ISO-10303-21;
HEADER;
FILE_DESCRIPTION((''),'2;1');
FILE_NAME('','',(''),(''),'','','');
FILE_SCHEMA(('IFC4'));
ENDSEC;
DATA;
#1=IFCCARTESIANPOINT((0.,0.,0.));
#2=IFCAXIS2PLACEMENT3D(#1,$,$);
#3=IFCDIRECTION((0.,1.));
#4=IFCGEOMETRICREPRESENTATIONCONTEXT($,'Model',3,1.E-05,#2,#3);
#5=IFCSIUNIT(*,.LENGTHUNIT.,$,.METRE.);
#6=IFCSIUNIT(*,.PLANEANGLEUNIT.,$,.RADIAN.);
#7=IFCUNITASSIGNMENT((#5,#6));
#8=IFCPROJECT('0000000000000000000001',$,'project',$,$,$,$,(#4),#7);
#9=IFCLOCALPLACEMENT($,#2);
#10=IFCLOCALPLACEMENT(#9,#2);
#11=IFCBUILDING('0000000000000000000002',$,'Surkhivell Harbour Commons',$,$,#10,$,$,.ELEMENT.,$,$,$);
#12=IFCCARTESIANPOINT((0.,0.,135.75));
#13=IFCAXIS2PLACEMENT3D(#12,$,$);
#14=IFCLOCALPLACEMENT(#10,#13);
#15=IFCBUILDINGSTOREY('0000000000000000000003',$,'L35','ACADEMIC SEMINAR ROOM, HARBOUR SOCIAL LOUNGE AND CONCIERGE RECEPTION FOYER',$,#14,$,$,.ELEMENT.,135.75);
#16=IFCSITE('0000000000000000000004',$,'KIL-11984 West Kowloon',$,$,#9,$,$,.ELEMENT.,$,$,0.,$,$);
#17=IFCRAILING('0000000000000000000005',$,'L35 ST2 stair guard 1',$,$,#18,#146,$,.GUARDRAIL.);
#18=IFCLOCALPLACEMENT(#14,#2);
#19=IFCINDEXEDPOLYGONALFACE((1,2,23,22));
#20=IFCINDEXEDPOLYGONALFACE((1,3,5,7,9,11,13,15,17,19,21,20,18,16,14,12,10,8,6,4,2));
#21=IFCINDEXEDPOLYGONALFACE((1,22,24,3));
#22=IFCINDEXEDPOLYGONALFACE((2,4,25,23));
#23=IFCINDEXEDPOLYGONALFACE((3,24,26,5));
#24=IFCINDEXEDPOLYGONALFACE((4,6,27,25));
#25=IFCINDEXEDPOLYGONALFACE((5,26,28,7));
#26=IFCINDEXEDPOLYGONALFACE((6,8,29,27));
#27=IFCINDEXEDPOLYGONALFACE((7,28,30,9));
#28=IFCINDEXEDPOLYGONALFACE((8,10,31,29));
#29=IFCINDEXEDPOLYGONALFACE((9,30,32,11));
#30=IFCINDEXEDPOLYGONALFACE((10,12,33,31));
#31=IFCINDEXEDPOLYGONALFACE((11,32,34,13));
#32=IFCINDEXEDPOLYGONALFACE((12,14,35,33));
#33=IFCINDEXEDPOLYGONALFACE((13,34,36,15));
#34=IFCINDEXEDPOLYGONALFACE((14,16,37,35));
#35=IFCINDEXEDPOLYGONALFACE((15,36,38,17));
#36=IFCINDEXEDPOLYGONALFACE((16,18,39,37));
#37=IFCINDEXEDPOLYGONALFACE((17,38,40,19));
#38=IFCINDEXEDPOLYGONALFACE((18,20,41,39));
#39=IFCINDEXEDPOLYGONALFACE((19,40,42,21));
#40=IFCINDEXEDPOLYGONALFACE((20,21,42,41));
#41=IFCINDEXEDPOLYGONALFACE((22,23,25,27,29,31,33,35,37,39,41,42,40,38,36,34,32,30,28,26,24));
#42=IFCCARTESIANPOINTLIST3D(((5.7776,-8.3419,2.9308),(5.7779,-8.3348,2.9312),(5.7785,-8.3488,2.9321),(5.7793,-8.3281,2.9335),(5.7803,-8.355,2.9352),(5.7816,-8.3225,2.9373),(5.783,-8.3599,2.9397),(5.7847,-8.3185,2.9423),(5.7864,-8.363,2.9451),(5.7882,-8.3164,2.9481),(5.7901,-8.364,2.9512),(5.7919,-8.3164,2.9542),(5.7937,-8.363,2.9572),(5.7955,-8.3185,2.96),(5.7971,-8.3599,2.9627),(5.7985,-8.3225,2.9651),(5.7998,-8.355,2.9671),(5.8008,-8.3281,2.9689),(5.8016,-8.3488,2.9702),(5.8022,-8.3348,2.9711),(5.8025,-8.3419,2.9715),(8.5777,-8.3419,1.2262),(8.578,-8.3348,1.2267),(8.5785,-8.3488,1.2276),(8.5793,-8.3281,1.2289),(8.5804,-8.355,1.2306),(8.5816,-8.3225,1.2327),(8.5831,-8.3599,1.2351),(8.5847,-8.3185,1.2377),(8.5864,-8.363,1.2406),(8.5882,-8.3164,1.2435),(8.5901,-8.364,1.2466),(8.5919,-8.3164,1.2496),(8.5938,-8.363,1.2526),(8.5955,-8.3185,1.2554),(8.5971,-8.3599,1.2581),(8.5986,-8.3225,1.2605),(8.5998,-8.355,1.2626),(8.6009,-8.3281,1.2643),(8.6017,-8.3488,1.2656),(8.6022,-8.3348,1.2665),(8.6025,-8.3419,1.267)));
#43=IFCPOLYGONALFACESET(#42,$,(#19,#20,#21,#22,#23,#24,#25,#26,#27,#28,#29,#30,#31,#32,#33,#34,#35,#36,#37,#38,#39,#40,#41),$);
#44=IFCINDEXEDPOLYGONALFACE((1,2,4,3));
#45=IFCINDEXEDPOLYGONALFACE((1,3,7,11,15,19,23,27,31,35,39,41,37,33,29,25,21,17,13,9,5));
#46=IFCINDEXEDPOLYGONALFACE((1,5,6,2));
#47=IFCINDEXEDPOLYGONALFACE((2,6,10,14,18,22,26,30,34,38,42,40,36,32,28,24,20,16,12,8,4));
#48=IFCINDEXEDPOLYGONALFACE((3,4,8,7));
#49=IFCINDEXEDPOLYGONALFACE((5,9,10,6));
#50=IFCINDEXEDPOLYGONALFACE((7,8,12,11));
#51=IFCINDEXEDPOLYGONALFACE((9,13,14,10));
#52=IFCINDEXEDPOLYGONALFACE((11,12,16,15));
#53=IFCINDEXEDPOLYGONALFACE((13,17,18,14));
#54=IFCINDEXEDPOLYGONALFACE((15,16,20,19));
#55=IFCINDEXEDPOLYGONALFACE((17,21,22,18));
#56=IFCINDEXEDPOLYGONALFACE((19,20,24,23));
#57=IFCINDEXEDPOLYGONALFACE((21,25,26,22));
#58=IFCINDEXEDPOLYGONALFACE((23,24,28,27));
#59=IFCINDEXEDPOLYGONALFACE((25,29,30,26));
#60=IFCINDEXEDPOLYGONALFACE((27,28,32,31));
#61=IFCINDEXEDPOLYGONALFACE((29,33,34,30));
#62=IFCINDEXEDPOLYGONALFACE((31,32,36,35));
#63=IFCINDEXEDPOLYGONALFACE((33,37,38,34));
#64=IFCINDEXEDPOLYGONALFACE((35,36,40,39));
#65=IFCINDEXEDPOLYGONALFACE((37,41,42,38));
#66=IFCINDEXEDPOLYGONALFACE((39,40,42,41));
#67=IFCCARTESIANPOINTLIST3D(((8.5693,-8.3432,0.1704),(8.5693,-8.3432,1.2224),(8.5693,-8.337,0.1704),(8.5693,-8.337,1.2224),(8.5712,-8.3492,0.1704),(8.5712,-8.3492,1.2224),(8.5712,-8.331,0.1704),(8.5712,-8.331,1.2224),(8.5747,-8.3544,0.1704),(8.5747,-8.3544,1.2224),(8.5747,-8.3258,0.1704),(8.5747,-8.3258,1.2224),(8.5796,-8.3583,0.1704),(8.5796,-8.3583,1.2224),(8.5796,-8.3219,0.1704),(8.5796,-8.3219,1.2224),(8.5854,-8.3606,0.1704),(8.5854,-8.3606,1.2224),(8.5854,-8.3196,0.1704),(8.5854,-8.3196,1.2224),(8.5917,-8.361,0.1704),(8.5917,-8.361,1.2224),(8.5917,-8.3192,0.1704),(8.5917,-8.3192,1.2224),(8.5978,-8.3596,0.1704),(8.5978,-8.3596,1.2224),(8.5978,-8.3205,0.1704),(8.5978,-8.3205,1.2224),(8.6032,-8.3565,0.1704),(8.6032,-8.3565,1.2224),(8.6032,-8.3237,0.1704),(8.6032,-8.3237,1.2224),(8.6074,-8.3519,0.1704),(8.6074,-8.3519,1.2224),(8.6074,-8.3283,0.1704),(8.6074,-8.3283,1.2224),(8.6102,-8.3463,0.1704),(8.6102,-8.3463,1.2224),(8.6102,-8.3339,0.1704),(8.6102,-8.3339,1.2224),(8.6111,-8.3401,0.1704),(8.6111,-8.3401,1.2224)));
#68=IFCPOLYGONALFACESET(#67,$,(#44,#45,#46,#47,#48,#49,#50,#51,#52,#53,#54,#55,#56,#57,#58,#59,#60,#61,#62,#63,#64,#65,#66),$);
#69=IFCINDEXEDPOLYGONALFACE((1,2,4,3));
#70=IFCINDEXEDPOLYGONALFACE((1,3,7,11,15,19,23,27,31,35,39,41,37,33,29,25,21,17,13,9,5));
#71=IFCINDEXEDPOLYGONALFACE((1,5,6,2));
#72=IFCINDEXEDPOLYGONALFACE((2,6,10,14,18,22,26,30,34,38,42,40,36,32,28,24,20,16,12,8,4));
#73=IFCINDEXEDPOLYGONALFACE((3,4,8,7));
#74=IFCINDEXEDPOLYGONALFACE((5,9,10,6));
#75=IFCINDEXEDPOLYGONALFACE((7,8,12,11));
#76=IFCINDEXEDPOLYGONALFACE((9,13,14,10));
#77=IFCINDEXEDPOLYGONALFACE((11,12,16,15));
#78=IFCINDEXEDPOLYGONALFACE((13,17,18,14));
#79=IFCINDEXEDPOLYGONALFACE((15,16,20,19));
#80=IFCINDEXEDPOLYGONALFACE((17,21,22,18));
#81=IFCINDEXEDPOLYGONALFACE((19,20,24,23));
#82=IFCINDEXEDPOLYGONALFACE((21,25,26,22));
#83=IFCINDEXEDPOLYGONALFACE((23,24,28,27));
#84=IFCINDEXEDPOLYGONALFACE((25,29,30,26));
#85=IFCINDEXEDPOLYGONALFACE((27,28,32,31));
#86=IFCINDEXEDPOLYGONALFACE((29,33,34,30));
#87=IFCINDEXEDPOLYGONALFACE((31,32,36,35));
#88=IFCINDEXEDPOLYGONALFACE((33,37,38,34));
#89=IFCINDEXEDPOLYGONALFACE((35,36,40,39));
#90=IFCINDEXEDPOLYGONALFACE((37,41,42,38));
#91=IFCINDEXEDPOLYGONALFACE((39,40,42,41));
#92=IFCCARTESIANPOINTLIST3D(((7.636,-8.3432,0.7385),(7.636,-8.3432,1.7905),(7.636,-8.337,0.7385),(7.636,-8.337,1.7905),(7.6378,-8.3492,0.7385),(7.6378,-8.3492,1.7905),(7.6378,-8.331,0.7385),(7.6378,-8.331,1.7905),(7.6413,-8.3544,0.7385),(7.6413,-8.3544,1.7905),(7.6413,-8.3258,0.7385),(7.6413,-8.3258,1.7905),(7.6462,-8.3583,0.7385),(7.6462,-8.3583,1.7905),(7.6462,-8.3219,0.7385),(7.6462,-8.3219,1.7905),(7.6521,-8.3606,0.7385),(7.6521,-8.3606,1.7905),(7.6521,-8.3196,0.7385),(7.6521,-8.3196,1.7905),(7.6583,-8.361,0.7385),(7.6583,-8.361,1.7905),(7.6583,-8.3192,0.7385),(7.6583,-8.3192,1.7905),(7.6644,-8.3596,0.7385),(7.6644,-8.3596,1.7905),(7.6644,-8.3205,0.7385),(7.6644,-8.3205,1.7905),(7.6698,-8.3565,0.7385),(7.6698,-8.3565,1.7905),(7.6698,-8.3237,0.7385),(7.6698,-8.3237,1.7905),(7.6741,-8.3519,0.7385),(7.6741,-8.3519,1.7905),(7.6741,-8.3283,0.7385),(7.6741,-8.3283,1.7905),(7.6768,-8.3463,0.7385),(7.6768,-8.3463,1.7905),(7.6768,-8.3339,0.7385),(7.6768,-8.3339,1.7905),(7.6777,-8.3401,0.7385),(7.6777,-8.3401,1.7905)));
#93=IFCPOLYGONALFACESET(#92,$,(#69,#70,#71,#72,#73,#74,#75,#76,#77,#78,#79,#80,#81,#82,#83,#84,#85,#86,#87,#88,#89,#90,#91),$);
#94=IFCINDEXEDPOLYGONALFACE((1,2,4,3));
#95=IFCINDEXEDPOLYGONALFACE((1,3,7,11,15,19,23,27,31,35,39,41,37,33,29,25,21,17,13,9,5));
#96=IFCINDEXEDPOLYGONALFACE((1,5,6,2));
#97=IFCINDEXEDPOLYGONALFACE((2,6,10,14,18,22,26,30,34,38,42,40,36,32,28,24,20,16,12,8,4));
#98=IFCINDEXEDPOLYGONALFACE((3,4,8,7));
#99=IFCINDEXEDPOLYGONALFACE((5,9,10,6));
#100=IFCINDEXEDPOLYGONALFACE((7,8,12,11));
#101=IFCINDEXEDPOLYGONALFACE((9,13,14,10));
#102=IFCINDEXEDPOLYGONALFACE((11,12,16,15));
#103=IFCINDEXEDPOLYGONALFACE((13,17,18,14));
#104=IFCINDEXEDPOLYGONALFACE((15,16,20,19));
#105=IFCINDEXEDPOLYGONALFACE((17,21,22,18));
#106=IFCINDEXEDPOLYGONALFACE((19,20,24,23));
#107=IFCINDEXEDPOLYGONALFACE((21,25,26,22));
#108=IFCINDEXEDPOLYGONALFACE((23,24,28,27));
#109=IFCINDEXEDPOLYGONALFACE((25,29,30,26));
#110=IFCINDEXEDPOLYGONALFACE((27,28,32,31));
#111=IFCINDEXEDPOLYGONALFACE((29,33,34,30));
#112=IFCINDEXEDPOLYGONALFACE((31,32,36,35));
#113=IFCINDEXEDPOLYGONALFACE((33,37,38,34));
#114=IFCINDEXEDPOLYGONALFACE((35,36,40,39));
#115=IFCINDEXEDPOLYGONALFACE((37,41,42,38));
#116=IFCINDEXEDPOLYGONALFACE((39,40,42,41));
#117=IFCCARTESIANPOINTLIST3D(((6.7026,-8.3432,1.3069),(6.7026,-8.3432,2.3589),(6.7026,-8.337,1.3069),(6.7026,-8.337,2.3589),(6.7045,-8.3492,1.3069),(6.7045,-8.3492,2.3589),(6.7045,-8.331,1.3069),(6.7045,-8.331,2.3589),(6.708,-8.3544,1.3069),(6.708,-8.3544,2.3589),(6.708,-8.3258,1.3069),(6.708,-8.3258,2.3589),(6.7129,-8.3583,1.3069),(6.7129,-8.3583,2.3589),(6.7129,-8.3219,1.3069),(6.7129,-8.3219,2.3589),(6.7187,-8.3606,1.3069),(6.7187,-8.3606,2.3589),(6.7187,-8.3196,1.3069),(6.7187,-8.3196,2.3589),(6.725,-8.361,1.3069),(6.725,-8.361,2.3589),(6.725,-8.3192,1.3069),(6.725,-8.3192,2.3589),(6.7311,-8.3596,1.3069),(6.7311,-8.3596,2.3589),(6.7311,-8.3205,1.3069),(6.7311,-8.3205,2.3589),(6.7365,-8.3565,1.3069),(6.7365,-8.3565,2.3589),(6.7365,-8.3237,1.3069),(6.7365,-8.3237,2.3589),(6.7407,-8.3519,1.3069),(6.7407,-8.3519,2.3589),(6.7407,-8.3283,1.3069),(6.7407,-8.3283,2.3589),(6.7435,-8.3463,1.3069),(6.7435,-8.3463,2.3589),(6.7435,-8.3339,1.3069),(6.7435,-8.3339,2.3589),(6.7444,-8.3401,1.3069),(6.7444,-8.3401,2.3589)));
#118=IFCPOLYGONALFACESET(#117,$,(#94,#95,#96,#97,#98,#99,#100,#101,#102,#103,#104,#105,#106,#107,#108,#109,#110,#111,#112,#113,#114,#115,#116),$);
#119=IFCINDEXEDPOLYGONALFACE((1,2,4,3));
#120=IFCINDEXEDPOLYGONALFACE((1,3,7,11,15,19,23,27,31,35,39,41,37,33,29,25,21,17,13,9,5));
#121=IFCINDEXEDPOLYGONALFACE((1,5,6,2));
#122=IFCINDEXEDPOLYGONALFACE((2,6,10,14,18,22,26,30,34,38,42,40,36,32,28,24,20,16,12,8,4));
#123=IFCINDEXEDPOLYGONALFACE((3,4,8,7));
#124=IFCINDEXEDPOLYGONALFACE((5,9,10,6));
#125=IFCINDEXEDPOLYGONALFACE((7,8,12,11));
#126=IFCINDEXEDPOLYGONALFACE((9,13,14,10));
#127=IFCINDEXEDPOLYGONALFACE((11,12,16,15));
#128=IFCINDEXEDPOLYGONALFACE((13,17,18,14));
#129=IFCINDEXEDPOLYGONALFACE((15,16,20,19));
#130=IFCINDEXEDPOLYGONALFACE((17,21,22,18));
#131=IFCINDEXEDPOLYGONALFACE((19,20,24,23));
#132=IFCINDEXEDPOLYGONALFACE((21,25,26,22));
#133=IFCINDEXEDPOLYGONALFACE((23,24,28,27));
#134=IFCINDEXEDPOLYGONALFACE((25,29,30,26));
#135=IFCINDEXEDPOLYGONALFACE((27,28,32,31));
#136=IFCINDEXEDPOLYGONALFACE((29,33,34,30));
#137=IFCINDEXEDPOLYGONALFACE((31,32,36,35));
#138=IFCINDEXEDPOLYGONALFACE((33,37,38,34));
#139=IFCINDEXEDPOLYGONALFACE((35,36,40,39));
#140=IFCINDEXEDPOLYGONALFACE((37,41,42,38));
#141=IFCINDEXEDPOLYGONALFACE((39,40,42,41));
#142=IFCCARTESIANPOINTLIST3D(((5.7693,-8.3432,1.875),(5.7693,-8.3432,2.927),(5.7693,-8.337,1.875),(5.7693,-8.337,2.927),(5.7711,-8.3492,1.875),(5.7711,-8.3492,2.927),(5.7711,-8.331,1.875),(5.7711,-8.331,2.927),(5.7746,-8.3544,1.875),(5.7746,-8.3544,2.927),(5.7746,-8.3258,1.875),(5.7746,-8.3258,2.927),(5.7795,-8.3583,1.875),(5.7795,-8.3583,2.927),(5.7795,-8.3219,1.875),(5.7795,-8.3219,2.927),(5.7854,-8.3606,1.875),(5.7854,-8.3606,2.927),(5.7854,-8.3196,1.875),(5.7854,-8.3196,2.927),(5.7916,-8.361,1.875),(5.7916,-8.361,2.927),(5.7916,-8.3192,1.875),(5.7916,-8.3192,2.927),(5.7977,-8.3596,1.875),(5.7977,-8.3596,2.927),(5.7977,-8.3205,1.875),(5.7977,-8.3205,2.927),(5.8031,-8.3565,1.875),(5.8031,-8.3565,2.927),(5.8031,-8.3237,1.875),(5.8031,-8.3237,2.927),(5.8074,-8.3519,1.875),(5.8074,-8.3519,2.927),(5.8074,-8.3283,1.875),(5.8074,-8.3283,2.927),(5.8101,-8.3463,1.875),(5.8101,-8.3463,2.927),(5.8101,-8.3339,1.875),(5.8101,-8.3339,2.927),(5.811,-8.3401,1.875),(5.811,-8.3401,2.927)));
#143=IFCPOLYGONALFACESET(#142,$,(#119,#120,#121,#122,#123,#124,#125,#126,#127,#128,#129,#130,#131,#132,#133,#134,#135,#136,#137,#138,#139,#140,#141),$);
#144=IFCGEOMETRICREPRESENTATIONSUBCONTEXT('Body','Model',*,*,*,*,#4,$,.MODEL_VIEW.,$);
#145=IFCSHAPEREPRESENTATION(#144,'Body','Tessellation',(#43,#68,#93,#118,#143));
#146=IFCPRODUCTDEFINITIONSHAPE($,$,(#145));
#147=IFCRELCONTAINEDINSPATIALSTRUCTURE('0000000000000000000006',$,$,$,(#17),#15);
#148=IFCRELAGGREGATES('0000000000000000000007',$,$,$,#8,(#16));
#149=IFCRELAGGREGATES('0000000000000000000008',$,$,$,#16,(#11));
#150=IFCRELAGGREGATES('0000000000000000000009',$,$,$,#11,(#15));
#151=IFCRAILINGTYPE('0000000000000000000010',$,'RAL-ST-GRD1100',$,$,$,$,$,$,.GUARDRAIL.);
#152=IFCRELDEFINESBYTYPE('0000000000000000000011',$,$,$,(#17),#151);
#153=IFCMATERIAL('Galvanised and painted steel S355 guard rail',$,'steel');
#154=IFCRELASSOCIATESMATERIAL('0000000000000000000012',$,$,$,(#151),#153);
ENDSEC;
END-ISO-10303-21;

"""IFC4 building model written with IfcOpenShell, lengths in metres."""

from ifc_helpers import new_model, si_unit, direction, frame, origin, origin_2d, place, context, subcontext, project, spatial, circle, extrude, material, type_object, element, save


model = new_model("IFC4")

# Units and contexts
model_context = context("Model", 3, precision=1e-05, world=origin(), true_north=direction((0.0, 1.0)))
body_context = subcontext(model_context, "Body", "Model", "MODEL_VIEW")
ifc_project = project(units=[si_unit("LENGTHUNIT", "METRE"), si_unit("PLANEANGLEUNIT", "RADIAN")], contexts=[model_context])

# Site, building, storey
site_placement = place(None, origin())
site = spatial("IfcSite", under=ifc_project, at=site_placement, Name="KIL-11984 West Kowloon", CompositionType="ELEMENT", RefElevation=0.0)
building_placement = place(site_placement, origin())
building = spatial("IfcBuilding", under=site, at=building_placement, Name="Surkhivell Harbour Commons", CompositionType="ELEMENT")
storey_placement = place(building_placement, frame((0.0, 0.0, 135.75)))
storey = spatial("IfcBuildingStorey", under=building, at=storey_placement, Name="L35", Description="ACADEMIC SEMINAR ROOM, HARBOUR SOCIAL LOUNGE AND CONCIERGE RECEPTION FOYER", CompositionType="ELEMENT", Elevation=135.75)

# Railing
ifc_material_1 = material(Name="Galvanised and painted steel S355 guard rail", Category="steel")
railing_type = type_object("IfcRailingType", Name="RAL-ST-GRD1100", PredefinedType="GUARDRAIL", material=ifc_material_1)
railing_1_placement = place(storey_placement, frame((8.5901, -8.3401, 0.1704)))
element("IfcRailing", 1, at=railing_1_placement, inside=storey, type_object=railing_type, Name="L35 ST2 stair guard 1", PredefinedType="GUARDRAIL", context=body_context, shape_type="SweptSolid", body=[
    extrude(circle(Radius=0.0239, at=origin_2d()), frame((0.0, 0.0, 1.0762), z_axis=(-0.85417, 0.0, 0.519994), x_axis=(0.0, -1.0, 0.0)), (0.0, 0.0, 1.0), 3.2781),
    extrude(circle(Radius=0.021, at=origin_2d()), origin(), (0.0, 0.0, 1.0), 1.052),
    extrude(circle(Radius=0.021, at=origin_2d()), frame((-0.9333, 0.0, 0.5681)), (0.0, 0.0, 1.0), 1.052),
    extrude(circle(Radius=0.021, at=origin_2d()), frame((-1.8667, 0.0, 1.1365)), (0.0, 0.0, 1.0), 1.052),
    extrude(circle(Radius=0.021, at=origin_2d()), frame((-2.8, 0.0, 1.7046)), (0.0, 0.0, 1.0), 1.052),
])

save(model, "model.ifc")
